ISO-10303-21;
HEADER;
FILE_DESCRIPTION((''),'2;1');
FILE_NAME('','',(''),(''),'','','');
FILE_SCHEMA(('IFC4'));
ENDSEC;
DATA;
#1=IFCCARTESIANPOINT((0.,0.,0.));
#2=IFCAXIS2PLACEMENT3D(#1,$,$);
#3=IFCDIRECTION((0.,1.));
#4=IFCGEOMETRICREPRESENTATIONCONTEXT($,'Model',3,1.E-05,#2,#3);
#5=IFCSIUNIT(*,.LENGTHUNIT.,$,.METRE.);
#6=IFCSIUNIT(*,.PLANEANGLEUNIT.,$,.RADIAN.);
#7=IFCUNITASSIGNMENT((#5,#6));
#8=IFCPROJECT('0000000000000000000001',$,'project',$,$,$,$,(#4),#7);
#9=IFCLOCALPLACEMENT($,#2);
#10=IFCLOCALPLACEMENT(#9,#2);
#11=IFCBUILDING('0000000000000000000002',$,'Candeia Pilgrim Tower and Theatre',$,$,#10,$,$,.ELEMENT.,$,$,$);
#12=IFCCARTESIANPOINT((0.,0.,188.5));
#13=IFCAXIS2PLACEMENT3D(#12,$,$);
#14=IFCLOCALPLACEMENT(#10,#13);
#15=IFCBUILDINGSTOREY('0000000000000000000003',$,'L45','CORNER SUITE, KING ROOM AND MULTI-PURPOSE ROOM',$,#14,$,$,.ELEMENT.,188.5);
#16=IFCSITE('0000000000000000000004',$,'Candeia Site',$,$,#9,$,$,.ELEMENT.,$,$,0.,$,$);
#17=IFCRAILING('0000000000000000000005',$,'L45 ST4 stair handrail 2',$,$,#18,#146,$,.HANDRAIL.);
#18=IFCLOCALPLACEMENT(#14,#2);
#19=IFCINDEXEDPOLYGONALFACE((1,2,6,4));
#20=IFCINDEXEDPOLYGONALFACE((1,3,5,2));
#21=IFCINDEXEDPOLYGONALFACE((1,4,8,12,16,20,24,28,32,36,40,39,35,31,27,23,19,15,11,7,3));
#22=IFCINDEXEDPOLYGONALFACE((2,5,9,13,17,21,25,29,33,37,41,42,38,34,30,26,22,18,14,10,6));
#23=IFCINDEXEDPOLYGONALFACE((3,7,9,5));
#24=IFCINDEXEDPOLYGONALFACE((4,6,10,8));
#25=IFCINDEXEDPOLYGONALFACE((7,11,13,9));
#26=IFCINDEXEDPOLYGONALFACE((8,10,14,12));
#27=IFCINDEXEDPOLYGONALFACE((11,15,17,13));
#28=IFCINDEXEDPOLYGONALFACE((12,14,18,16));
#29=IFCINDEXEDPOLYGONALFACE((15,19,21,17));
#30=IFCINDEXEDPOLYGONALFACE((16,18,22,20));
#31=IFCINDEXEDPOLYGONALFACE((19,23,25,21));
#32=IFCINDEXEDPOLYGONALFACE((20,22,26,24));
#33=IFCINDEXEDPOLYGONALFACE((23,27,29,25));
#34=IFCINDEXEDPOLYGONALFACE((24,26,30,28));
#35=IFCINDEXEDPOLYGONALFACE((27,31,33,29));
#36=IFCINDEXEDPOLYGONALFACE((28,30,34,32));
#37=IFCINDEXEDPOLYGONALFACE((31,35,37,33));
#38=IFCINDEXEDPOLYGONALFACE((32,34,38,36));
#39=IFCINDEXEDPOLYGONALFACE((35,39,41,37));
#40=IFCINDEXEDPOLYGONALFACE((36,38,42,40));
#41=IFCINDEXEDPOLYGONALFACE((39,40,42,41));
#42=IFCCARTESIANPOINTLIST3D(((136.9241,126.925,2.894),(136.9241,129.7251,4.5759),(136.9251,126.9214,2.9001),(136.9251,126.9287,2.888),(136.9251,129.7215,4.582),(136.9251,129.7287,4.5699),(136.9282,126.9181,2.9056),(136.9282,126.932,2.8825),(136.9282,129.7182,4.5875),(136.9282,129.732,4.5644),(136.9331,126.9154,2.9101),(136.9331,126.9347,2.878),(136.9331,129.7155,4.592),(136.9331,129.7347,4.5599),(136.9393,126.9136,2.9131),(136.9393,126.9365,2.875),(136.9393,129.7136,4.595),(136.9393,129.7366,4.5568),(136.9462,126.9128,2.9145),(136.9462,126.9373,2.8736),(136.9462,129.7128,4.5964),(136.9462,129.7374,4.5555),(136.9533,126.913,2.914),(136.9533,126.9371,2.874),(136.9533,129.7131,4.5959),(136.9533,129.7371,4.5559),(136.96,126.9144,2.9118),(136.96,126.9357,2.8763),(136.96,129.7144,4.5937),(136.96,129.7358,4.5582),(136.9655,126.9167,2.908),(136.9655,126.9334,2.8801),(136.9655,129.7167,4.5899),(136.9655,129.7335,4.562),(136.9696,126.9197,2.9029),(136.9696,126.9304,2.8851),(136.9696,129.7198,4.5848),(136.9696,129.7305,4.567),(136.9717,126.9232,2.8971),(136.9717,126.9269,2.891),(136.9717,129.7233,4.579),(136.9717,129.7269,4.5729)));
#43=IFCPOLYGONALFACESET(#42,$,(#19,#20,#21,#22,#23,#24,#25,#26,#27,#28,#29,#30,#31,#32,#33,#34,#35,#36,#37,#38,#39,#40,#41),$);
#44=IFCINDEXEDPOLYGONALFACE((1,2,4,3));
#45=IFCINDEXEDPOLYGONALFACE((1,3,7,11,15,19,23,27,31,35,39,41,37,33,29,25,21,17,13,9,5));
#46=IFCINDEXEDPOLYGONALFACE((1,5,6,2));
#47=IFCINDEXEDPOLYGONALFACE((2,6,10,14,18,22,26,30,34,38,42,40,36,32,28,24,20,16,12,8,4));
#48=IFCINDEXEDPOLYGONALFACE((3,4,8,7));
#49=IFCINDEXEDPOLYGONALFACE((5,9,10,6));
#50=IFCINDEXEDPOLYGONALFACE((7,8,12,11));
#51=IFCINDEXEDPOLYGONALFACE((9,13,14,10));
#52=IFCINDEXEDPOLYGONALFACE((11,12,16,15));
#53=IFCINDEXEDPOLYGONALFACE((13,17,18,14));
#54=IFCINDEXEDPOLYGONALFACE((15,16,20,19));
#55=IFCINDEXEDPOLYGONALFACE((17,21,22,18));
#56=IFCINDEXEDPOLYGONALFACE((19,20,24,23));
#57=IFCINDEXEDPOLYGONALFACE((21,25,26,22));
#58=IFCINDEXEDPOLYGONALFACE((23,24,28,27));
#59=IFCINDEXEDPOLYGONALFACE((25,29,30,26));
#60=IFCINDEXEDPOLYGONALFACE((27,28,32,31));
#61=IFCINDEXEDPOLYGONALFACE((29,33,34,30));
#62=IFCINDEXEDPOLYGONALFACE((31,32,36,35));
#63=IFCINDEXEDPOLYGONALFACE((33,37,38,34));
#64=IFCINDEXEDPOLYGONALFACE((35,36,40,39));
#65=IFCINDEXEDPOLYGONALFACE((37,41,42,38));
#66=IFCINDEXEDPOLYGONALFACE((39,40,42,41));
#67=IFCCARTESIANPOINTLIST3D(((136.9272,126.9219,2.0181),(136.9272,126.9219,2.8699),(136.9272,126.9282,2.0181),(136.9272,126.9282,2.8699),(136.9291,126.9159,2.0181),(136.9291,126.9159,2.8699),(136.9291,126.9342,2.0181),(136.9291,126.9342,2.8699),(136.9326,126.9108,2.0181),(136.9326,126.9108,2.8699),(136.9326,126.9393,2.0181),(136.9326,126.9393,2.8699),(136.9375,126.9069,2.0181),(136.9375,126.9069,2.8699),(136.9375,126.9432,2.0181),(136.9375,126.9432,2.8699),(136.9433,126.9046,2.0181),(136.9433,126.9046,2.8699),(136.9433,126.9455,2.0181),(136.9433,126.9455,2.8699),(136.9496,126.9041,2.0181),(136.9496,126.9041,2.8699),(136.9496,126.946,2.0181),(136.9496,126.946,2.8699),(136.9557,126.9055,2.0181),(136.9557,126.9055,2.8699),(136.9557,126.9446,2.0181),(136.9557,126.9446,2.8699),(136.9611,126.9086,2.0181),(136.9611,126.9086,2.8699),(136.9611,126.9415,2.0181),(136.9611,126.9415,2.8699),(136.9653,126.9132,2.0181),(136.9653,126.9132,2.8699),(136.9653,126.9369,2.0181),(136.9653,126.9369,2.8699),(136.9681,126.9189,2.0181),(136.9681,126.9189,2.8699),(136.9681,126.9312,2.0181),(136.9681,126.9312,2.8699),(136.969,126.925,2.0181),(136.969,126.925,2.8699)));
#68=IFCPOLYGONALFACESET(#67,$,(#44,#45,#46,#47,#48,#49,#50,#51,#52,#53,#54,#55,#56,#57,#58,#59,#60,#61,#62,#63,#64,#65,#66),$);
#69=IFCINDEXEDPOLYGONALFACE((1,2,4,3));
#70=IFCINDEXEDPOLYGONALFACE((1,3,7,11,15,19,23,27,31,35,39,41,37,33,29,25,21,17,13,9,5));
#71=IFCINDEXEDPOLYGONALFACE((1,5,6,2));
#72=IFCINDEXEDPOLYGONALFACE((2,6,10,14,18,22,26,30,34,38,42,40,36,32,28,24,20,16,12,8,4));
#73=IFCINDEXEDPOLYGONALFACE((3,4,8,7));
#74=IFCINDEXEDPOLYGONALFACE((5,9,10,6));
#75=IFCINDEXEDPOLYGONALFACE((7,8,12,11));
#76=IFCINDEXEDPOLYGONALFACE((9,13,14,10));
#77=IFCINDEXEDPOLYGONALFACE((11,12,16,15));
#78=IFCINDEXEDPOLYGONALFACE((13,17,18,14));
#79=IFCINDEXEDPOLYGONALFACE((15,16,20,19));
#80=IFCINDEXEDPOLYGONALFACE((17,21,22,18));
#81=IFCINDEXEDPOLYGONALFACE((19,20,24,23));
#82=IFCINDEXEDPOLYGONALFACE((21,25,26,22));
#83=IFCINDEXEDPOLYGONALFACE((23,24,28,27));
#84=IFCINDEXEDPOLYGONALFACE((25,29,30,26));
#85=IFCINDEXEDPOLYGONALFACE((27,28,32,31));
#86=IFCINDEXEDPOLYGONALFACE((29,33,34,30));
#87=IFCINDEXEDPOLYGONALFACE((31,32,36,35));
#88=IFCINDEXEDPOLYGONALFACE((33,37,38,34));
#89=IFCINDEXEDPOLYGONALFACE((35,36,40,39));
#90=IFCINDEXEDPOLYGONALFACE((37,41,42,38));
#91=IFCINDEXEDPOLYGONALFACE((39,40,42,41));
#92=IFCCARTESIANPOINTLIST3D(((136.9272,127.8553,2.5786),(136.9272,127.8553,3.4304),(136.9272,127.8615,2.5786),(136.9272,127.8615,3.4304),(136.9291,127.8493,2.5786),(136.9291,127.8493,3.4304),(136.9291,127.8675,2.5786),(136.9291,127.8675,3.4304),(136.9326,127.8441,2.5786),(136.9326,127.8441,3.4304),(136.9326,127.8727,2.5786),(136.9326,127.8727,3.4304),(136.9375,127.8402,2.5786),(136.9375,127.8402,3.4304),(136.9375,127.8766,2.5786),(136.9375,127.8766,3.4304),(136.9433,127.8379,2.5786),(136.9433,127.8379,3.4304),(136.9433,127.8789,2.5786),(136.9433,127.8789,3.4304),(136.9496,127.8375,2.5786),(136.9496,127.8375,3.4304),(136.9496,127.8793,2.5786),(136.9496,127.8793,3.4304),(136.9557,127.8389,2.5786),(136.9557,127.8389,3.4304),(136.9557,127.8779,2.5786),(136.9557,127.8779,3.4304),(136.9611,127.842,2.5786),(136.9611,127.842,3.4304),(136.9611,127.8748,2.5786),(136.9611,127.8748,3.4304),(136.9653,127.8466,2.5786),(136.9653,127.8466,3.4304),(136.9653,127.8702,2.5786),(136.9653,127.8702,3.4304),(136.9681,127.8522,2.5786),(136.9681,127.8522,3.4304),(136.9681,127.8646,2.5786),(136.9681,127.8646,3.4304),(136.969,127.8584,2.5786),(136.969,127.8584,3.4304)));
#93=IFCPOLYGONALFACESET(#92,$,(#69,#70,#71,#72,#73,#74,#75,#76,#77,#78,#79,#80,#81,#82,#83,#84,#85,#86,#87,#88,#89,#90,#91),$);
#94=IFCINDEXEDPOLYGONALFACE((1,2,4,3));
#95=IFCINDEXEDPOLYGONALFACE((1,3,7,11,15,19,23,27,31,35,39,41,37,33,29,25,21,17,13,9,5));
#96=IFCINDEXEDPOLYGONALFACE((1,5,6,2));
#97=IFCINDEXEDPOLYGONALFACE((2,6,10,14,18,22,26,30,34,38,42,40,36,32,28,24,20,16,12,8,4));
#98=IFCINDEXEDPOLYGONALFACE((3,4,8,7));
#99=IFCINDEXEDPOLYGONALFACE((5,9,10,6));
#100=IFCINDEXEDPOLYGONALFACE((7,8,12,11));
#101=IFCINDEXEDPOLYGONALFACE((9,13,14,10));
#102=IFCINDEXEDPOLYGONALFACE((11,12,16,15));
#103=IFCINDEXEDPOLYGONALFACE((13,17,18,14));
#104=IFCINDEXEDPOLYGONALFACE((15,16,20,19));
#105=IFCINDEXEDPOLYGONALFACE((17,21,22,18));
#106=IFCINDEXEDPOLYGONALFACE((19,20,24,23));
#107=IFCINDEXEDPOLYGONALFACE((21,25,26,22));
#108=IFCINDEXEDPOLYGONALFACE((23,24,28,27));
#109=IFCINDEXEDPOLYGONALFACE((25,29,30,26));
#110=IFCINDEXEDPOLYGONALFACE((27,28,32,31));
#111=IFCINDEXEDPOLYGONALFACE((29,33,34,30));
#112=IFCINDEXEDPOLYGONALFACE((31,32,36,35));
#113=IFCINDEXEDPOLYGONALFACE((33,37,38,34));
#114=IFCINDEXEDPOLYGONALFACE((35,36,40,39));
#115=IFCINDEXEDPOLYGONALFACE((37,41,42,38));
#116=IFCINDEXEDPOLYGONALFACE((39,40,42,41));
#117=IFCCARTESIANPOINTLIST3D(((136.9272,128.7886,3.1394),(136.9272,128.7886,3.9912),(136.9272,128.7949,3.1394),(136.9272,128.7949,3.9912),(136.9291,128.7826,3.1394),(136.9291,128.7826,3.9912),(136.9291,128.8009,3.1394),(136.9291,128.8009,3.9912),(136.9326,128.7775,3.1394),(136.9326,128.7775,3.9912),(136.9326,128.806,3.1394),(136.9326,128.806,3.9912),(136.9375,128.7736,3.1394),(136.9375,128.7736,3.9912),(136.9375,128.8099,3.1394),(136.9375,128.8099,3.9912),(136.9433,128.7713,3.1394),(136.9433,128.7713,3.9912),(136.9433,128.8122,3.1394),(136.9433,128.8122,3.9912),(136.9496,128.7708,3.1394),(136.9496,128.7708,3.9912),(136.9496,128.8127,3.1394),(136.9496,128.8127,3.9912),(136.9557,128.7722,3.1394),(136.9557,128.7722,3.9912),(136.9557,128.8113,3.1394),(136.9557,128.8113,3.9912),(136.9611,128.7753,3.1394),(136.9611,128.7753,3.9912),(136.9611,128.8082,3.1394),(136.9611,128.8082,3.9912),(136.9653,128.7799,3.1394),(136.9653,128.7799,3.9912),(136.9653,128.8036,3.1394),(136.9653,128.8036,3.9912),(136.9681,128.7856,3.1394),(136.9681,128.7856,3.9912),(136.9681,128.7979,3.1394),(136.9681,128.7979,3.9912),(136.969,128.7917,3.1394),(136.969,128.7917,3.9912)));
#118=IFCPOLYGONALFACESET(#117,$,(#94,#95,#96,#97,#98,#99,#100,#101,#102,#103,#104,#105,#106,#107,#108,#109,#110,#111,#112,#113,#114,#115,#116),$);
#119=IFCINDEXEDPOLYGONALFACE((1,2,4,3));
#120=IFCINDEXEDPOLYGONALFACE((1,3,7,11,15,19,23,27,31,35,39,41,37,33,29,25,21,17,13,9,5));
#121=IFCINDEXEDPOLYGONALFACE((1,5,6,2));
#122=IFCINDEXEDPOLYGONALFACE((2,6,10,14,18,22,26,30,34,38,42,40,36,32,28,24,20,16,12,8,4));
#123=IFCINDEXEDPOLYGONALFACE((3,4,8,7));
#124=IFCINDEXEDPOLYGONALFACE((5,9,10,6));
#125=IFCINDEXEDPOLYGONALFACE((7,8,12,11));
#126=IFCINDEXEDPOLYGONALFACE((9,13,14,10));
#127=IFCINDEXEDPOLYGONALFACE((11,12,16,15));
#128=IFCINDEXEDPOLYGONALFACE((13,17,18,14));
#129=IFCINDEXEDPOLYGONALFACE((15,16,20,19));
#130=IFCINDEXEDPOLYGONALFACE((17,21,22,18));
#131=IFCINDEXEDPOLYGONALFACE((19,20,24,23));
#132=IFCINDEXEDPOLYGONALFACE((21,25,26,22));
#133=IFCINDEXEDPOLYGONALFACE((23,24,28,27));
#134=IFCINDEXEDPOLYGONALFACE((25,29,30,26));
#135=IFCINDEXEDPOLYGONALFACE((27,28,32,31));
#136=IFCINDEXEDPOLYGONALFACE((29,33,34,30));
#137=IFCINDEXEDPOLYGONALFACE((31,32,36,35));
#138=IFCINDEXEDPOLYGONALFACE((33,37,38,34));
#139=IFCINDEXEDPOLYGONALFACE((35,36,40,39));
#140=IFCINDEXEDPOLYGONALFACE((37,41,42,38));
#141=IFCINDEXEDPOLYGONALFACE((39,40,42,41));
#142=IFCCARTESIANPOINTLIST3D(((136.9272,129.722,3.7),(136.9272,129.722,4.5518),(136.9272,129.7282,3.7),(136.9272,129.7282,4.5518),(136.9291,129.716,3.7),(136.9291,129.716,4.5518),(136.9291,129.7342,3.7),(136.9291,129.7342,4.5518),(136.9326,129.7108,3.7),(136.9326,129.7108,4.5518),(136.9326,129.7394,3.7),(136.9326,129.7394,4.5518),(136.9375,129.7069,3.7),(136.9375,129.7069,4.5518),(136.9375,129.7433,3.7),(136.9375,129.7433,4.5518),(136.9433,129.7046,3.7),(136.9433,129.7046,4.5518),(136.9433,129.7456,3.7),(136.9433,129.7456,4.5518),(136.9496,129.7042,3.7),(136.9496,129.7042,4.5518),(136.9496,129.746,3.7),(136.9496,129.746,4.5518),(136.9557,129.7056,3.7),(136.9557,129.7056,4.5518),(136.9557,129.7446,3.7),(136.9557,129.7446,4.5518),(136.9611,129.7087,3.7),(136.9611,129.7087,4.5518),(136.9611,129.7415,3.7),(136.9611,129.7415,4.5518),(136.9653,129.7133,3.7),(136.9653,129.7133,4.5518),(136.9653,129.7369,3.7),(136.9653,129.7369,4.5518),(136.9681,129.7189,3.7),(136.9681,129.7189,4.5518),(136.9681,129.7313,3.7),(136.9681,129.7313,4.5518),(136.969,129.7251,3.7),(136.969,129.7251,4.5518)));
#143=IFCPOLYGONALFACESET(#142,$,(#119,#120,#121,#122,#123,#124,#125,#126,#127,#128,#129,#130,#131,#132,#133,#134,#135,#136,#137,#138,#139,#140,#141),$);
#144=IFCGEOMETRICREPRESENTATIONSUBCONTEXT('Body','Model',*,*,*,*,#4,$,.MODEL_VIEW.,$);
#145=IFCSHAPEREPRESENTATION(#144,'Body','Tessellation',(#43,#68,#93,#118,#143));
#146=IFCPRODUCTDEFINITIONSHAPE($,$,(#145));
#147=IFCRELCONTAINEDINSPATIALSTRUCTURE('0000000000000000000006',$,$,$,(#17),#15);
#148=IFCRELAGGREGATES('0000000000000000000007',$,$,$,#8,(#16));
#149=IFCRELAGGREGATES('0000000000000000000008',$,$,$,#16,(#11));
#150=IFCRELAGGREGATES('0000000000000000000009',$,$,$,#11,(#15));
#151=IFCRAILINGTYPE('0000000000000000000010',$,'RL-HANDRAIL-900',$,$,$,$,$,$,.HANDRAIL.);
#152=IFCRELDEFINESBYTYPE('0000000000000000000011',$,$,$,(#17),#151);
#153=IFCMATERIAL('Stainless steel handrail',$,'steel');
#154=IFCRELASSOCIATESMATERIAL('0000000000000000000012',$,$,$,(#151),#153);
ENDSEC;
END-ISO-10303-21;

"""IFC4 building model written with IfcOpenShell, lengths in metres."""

from ifc_helpers import new_model, si_unit, direction, frame, origin, origin_2d, place, context, subcontext, project, spatial, circle, extrude, material, type_object, element, save


model = new_model("IFC4")

# Units and contexts
model_context = context("Model", 3, precision=1e-05, world=origin(), true_north=direction((0.0, 1.0)))
body_context = subcontext(model_context, "Body", "Model", "MODEL_VIEW")
ifc_project = project(units=[si_unit("LENGTHUNIT", "METRE"), si_unit("PLANEANGLEUNIT", "RADIAN")], contexts=[model_context])

# Site, building, storey
site_placement = place(None, origin())
site = spatial("IfcSite", under=ifc_project, at=site_placement, Name="Candeia Site", CompositionType="ELEMENT", RefElevation=0.0)
building_placement = place(site_placement, origin())
building = spatial("IfcBuilding", under=site, at=building_placement, Name="Candeia Pilgrim Tower and Theatre", CompositionType="ELEMENT")
storey_placement = place(building_placement, frame((0.0, 0.0, 188.5)))
storey = spatial("IfcBuildingStorey", under=building, at=storey_placement, Name="L45", Description="CORNER SUITE, KING ROOM AND MULTI-PURPOSE ROOM", CompositionType="ELEMENT", Elevation=188.5)

# Railing
ifc_material_1 = material(Name="Stainless steel handrail", Category="steel")
railing_type_1 = type_object("IfcRailingType", Name="RL-HANDRAIL-900", PredefinedType="HANDRAIL", material=ifc_material_1)
railing_1_placement = place(storey_placement, frame((136.948, 126.925, 2.0181)))
element("IfcRailing", 1, at=railing_1_placement, inside=storey, type_object=railing_type_1, Name="L45 ST4 stair handrail 2", PredefinedType="HANDRAIL", context=body_context, shape_type="SweptSolid", body=[
    extrude(circle(Radius=0.0239, at=origin_2d()), frame((0.0, 0.0, 0.876), z_axis=(0.0, 0.857242, 0.514913), x_axis=(-1.0, 0.0, 0.0)), (0.0, 0.0, 1.0), 3.2664),
    extrude(circle(Radius=0.021, at=origin_2d()), origin(), (0.0, 0.0, 1.0), 0.8518),
    extrude(circle(Radius=0.021, at=origin_2d()), frame((0.0, 0.9333, 0.5605)), (0.0, 0.0, 1.0), 0.8518),
    extrude(circle(Radius=0.021, at=origin_2d()), frame((0.0, 1.8667, 1.1213)), (0.0, 0.0, 1.0), 0.8518),
    extrude(circle(Radius=0.021, at=origin_2d()), frame((0.0, 2.8, 1.6819)), (0.0, 0.0, 1.0), 0.8518),
])

save(model, "model.ifc")
